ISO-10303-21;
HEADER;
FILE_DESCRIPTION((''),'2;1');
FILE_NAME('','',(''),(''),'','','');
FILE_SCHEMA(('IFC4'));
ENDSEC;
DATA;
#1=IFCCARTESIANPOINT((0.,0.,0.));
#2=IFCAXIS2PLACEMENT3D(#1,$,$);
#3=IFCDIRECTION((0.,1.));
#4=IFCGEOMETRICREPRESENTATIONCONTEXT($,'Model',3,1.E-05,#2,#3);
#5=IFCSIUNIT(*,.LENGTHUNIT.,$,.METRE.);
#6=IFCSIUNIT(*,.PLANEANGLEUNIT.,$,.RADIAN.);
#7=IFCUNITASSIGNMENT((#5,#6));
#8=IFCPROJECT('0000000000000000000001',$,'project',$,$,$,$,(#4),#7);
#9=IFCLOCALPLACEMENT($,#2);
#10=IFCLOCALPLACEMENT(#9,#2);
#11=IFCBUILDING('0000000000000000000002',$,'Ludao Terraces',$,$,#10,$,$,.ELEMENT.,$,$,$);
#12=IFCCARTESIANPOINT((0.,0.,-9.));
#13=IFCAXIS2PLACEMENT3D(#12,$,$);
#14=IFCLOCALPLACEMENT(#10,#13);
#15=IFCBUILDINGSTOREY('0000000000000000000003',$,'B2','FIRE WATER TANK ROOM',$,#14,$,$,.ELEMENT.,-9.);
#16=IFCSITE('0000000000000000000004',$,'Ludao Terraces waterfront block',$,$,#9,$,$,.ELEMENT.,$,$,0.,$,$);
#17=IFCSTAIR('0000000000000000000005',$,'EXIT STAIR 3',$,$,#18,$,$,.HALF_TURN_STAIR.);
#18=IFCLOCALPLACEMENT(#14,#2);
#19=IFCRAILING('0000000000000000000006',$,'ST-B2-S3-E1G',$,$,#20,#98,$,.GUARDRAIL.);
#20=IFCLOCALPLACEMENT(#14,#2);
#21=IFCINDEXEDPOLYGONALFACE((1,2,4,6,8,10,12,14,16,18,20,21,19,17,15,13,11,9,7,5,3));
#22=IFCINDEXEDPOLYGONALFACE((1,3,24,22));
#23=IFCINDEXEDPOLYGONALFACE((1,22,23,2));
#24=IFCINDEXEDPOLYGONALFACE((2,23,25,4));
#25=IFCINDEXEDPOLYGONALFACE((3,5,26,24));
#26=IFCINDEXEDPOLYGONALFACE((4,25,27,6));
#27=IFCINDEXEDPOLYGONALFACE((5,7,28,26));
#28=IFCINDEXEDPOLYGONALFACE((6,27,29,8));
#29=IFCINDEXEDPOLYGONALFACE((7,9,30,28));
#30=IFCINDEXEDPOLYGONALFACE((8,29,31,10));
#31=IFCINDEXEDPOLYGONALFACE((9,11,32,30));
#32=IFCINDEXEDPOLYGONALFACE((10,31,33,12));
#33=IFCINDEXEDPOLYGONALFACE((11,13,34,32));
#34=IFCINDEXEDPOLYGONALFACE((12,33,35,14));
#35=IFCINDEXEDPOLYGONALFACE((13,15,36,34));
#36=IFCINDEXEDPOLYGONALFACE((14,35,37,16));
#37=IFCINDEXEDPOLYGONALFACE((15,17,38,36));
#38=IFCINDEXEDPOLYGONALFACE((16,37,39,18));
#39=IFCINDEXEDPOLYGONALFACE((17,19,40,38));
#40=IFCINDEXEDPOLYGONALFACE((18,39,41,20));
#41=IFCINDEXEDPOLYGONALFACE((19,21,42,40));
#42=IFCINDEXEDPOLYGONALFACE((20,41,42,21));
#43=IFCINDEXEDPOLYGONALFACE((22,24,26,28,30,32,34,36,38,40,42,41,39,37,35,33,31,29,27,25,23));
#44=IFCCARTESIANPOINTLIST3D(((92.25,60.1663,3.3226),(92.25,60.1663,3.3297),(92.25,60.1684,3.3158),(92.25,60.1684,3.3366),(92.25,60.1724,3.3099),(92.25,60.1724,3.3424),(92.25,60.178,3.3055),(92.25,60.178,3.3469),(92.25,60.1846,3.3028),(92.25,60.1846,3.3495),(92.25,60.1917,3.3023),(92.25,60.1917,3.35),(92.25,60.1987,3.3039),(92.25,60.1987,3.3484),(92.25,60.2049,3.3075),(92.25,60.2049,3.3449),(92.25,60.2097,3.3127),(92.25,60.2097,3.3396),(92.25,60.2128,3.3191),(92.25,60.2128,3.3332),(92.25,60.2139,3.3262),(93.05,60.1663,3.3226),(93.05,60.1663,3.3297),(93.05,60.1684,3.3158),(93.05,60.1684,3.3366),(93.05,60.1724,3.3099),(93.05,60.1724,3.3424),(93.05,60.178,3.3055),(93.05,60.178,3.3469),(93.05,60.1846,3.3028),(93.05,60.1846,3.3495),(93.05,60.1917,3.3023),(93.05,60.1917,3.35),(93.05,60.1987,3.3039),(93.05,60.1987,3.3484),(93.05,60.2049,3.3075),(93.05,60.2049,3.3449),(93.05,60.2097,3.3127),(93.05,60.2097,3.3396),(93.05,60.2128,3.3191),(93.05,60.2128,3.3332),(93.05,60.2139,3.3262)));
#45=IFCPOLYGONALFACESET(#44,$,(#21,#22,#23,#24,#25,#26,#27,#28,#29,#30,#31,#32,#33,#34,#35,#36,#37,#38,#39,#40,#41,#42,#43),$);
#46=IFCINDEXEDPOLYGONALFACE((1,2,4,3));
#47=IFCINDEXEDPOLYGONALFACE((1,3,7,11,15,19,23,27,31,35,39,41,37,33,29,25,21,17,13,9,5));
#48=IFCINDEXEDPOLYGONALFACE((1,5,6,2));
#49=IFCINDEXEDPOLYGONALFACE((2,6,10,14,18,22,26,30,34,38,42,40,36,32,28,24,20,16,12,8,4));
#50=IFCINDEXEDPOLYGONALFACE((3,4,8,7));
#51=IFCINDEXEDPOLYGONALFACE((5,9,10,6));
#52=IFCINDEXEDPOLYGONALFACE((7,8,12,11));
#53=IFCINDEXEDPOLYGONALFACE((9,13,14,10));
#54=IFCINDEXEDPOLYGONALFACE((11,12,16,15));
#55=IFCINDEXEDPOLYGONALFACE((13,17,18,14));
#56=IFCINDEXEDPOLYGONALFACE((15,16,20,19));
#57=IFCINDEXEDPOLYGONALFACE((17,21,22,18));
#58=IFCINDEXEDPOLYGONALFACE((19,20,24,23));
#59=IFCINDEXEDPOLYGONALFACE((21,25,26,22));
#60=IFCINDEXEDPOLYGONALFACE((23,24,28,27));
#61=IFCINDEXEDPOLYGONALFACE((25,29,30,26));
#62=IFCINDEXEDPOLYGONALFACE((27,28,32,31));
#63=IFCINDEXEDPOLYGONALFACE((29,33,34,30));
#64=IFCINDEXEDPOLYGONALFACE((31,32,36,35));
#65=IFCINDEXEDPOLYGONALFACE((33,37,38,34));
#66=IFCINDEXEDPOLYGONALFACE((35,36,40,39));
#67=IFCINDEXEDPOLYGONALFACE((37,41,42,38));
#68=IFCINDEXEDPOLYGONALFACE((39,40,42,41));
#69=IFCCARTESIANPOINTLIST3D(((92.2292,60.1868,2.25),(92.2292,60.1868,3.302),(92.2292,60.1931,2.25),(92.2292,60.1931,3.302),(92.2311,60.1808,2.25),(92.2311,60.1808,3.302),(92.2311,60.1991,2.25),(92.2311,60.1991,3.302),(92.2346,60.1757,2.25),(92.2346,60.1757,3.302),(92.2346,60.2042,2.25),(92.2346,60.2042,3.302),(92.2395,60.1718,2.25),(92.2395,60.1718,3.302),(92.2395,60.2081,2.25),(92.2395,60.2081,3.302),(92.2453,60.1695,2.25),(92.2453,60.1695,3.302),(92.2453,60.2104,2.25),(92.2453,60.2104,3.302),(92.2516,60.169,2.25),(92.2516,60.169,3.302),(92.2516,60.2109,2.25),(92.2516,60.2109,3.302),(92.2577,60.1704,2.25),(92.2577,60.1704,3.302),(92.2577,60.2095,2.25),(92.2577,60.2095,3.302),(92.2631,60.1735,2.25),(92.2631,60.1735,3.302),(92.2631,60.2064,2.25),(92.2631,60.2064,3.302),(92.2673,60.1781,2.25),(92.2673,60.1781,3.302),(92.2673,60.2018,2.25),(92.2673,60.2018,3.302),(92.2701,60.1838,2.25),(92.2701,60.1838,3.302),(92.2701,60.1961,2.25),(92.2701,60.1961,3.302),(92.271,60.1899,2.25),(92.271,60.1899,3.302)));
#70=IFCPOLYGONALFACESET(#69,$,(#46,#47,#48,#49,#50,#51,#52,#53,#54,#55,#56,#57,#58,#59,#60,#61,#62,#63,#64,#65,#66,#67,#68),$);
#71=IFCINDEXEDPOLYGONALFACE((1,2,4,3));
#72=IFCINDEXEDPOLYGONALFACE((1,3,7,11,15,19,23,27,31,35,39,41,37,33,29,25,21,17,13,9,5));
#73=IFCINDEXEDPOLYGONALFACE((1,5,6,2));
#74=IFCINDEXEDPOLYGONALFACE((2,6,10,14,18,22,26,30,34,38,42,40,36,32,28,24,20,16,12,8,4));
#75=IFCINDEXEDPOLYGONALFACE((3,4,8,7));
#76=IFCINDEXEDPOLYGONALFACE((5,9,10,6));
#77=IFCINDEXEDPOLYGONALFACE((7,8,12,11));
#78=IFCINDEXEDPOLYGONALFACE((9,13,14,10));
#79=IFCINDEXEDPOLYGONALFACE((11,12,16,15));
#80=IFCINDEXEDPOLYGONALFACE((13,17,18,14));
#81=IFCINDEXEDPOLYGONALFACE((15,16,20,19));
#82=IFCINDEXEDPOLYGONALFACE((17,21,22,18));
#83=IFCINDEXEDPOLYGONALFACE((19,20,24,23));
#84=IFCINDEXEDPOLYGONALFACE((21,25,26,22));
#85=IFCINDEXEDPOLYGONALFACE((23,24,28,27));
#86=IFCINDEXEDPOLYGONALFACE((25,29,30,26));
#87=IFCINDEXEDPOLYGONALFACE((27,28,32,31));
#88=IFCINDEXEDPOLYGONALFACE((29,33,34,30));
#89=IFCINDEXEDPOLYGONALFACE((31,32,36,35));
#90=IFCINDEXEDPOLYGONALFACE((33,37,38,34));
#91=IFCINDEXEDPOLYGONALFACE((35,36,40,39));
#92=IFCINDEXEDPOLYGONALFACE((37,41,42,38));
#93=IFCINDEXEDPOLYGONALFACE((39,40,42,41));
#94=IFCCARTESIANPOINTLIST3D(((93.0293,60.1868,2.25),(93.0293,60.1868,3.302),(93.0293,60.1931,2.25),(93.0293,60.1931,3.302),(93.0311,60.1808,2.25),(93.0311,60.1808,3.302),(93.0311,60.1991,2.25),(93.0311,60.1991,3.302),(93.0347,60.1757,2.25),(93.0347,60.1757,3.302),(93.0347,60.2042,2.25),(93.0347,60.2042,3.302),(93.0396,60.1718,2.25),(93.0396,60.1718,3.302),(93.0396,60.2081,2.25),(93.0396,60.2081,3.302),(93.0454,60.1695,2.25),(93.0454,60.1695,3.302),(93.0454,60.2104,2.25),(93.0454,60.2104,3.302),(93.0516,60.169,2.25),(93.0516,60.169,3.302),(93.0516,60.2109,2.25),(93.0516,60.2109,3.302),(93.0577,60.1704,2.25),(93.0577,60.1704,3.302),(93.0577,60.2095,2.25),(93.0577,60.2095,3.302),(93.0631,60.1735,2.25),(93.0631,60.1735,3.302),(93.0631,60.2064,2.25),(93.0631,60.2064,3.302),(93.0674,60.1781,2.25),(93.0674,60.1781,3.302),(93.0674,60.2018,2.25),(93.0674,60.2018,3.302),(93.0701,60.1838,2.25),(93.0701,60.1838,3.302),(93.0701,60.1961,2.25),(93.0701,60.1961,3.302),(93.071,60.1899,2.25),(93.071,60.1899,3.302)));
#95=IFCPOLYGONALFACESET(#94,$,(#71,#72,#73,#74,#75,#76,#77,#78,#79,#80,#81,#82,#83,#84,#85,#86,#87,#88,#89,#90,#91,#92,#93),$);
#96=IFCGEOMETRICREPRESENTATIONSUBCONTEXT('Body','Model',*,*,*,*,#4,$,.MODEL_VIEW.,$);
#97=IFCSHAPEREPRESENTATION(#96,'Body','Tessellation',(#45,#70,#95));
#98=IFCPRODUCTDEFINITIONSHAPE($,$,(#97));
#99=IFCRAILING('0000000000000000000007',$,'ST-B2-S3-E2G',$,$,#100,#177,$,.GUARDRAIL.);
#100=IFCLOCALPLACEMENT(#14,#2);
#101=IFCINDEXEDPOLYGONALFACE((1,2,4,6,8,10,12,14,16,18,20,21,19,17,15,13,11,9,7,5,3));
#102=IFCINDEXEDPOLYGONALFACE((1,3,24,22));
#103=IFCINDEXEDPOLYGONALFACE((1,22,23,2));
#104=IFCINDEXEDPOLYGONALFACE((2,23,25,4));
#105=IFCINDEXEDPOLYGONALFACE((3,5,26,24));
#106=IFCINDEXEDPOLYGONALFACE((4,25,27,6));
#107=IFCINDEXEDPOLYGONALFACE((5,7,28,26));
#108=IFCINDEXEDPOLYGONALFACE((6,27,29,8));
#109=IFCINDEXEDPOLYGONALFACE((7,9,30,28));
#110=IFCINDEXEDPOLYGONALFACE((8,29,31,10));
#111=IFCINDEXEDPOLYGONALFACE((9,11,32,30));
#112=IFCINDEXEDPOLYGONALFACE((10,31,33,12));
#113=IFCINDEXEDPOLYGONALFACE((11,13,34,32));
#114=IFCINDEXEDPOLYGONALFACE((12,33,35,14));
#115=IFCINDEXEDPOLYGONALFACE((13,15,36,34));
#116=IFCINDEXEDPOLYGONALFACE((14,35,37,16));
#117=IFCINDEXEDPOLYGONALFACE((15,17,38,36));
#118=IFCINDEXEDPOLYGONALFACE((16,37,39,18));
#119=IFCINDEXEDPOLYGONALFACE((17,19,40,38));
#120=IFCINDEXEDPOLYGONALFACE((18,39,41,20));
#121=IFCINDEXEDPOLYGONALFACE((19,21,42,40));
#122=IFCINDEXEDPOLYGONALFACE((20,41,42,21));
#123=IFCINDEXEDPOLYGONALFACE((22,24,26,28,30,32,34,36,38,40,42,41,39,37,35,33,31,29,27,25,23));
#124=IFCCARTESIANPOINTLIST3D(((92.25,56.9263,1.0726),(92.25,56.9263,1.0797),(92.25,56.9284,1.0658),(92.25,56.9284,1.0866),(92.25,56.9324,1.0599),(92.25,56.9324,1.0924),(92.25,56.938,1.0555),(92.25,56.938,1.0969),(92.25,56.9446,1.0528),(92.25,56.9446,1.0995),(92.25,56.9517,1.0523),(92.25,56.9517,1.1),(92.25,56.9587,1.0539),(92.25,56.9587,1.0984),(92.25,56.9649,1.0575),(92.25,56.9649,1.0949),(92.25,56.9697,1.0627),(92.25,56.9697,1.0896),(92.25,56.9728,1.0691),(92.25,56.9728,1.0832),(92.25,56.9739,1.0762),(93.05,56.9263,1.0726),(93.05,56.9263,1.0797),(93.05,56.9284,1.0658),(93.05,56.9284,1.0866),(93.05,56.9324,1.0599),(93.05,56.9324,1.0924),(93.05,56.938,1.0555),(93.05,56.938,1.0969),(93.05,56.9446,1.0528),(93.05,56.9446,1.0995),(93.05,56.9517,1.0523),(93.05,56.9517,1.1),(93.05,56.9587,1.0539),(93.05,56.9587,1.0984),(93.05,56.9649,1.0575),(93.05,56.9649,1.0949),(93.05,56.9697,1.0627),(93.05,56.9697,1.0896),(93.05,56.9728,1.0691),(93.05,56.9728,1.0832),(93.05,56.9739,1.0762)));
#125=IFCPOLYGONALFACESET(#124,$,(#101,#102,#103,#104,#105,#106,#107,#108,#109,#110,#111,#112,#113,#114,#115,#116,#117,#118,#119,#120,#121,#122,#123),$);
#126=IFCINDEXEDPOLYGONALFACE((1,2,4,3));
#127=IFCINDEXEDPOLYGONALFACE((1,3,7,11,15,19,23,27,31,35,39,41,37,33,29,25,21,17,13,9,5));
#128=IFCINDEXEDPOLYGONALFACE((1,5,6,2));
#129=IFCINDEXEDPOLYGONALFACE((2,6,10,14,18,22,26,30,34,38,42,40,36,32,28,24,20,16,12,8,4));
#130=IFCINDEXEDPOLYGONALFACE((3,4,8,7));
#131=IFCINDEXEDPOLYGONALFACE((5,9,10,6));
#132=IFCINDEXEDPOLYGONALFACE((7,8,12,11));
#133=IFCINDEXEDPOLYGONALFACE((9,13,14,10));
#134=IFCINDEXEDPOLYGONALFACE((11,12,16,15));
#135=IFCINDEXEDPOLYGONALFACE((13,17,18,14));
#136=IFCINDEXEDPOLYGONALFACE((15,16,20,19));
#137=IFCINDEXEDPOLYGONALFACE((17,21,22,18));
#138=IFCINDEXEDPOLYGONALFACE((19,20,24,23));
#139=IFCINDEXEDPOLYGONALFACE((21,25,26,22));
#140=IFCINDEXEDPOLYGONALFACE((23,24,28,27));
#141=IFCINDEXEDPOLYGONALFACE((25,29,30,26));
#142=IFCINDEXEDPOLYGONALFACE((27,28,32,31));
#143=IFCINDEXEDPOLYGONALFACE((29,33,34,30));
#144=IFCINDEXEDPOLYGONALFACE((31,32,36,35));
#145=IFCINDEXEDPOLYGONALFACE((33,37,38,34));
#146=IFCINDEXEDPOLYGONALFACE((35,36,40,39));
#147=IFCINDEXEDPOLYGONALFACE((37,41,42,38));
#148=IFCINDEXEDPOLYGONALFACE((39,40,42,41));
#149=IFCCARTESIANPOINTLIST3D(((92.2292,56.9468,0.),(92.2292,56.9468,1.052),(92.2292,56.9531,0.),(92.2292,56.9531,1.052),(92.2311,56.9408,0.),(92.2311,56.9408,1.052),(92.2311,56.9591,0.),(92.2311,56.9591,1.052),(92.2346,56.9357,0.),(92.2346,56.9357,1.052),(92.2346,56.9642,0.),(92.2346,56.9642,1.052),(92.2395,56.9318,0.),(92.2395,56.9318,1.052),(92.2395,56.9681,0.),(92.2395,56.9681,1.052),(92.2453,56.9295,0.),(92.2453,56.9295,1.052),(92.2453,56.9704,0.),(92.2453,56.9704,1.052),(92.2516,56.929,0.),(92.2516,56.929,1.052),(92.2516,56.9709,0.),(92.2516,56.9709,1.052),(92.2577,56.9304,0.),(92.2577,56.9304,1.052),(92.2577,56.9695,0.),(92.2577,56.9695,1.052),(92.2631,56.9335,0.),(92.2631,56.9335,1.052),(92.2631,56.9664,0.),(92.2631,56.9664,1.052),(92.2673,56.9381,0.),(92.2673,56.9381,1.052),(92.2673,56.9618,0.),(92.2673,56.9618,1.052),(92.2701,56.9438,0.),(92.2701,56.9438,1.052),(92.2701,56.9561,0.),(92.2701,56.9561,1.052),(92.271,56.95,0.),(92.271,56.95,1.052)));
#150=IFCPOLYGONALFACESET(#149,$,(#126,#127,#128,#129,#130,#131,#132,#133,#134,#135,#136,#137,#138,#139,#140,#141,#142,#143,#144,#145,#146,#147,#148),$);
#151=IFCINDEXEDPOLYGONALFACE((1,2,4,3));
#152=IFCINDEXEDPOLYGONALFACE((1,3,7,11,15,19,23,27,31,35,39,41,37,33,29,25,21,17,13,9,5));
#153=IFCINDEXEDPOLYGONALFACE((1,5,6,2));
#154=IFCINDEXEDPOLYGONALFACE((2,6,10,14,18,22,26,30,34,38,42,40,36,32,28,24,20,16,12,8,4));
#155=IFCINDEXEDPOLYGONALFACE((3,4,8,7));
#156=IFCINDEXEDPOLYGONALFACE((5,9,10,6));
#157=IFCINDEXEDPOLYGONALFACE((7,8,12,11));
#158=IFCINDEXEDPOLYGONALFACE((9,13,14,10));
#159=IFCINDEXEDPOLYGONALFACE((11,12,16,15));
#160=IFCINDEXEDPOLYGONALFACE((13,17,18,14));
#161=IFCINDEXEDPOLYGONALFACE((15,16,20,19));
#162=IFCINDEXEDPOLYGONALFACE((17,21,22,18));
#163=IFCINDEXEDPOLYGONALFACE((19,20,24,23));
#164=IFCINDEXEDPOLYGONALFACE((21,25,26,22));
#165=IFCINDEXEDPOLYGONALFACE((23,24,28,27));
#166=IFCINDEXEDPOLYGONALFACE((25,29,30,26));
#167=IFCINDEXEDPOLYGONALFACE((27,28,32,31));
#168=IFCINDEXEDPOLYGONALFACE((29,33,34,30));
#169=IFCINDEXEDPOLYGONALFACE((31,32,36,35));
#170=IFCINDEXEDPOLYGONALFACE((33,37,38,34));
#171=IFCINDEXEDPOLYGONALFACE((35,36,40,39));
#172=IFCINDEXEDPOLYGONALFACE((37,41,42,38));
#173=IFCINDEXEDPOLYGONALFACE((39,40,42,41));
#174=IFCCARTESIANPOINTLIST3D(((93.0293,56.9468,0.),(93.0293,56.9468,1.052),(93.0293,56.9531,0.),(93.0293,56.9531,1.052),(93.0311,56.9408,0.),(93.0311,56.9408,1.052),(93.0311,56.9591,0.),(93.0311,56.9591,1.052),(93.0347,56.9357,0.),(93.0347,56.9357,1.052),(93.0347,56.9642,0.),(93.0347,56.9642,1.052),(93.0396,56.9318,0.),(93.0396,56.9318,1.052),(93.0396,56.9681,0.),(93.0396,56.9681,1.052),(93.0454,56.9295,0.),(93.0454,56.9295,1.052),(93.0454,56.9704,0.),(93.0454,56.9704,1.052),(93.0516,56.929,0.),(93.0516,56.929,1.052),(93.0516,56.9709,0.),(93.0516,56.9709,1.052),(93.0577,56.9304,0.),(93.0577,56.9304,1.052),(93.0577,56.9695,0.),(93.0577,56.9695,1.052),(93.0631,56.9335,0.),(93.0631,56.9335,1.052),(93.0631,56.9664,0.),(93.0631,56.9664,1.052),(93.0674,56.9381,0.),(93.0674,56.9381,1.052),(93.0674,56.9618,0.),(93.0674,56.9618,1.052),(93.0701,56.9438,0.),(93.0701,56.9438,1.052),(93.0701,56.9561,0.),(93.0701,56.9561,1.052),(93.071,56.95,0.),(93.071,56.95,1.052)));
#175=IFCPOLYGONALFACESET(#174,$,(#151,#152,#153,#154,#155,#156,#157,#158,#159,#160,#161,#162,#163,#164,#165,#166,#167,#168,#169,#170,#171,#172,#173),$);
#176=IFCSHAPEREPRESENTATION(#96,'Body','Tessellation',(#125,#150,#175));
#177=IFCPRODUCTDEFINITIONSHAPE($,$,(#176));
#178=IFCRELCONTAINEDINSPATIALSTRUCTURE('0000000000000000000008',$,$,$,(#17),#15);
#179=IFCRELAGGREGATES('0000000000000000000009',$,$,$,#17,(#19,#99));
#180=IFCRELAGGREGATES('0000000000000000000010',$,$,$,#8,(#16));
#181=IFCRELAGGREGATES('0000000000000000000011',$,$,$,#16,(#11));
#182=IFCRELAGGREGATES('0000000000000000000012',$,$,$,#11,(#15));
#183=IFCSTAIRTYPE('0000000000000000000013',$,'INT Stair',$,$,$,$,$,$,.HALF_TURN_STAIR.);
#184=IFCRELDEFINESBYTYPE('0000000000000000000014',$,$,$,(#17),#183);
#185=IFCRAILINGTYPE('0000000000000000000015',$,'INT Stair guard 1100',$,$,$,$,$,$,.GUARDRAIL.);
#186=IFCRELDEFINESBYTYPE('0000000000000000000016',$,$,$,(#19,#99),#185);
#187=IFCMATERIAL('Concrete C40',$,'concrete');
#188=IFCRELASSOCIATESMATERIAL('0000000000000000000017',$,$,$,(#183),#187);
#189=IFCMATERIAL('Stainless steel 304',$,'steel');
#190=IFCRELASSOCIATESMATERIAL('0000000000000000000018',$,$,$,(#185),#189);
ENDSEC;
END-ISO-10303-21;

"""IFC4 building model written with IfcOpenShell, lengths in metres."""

from ifc_helpers import new_model, si_unit, direction, frame, origin, origin_2d, place, context, subcontext, project, spatial, circle, extrude, material, type_object, element, aggregate, save


model = new_model("IFC4")

# Units and contexts
model_context = context("Model", 3, precision=1e-05, world=origin(), true_north=direction((0.0, 1.0)))
body_context = subcontext(model_context, "Body", "Model", "MODEL_VIEW")
ifc_project = project(units=[si_unit("LENGTHUNIT", "METRE"), si_unit("PLANEANGLEUNIT", "RADIAN")], contexts=[model_context])

# Site, building, storey
site_placement = place(None, origin())
site = spatial("IfcSite", under=ifc_project, at=site_placement, Name="Ludao Terraces waterfront block", CompositionType="ELEMENT", RefElevation=0.0)
building_placement = place(site_placement, origin())
building = spatial("IfcBuilding", under=site, at=building_placement, Name="Ludao Terraces", CompositionType="ELEMENT")
storey_placement = place(building_placement, frame((0.0, 0.0, -9.0)))
storey = spatial("IfcBuildingStorey", under=building, at=storey_placement, Name="B2", Description="FIRE WATER TANK ROOM", CompositionType="ELEMENT", Elevation=-9.0)

# Shared definitions
ifc_material_1 = material(Name="Concrete C40", Category="concrete")

# Stair, railings
stair_type = type_object("IfcStairType", Name="INT Stair", PredefinedType="HALF_TURN_STAIR", material=ifc_material_1)
stair_placement = place(storey_placement, origin())
stair = element("IfcStair", 1, at=stair_placement, inside=storey, type_object=stair_type, Name="EXIT STAIR 3", PredefinedType="HALF_TURN_STAIR")
ifc_material_2 = material(Name="Stainless steel 304", Category="steel")
railing_type_1 = type_object("IfcRailingType", Name="INT Stair guard 1100", PredefinedType="GUARDRAIL", material=ifc_material_2)
railing_1_placement = place(storey_placement, frame((92.25, 60.1899, 2.25)))
railing_1 = element("IfcRailing", 2, at=railing_1_placement, type_object=railing_type_1, Name="ST-B2-S3-E1G", PredefinedType="GUARDRAIL", context=body_context, shape_type="SweptSolid", body=[
    extrude(circle(Radius=0.0239, at=origin_2d()), frame((0.0, 0.0, 1.0762), z_axis=(1.0, 0.0, 0.0), x_axis=(0.0, 1.0, 0.0)), (0.0, 0.0, 1.0), 0.8),
    extrude(circle(Radius=0.021, at=origin_2d()), origin(), (0.0, 0.0, 1.0), 1.052),
    extrude(circle(Radius=0.021, at=origin_2d()), frame((0.8, 0.0, 0.0)), (0.0, 0.0, 1.0), 1.052),
])
railing_2_placement = place(storey_placement, frame((92.25, 56.95, 0.0)))
railing_2 = element("IfcRailing", 3, at=railing_2_placement, type_object=railing_type_1, Name="ST-B2-S3-E2G", PredefinedType="GUARDRAIL", context=body_context, shape_type="SweptSolid", body=[
    extrude(circle(Radius=0.0239, at=origin_2d()), frame((0.0, 0.0, 1.0762), z_axis=(1.0, 0.0, 0.0), x_axis=(0.0, 1.0, 0.0)), (0.0, 0.0, 1.0), 0.8),
    extrude(circle(Radius=0.021, at=origin_2d()), origin(), (0.0, 0.0, 1.0), 1.052),
    extrude(circle(Radius=0.021, at=origin_2d()), frame((0.8, 0.0, 0.0)), (0.0, 0.0, 1.0), 1.052),
])
aggregate(stair, [railing_1, railing_2])

save(model, "model.ifc")
